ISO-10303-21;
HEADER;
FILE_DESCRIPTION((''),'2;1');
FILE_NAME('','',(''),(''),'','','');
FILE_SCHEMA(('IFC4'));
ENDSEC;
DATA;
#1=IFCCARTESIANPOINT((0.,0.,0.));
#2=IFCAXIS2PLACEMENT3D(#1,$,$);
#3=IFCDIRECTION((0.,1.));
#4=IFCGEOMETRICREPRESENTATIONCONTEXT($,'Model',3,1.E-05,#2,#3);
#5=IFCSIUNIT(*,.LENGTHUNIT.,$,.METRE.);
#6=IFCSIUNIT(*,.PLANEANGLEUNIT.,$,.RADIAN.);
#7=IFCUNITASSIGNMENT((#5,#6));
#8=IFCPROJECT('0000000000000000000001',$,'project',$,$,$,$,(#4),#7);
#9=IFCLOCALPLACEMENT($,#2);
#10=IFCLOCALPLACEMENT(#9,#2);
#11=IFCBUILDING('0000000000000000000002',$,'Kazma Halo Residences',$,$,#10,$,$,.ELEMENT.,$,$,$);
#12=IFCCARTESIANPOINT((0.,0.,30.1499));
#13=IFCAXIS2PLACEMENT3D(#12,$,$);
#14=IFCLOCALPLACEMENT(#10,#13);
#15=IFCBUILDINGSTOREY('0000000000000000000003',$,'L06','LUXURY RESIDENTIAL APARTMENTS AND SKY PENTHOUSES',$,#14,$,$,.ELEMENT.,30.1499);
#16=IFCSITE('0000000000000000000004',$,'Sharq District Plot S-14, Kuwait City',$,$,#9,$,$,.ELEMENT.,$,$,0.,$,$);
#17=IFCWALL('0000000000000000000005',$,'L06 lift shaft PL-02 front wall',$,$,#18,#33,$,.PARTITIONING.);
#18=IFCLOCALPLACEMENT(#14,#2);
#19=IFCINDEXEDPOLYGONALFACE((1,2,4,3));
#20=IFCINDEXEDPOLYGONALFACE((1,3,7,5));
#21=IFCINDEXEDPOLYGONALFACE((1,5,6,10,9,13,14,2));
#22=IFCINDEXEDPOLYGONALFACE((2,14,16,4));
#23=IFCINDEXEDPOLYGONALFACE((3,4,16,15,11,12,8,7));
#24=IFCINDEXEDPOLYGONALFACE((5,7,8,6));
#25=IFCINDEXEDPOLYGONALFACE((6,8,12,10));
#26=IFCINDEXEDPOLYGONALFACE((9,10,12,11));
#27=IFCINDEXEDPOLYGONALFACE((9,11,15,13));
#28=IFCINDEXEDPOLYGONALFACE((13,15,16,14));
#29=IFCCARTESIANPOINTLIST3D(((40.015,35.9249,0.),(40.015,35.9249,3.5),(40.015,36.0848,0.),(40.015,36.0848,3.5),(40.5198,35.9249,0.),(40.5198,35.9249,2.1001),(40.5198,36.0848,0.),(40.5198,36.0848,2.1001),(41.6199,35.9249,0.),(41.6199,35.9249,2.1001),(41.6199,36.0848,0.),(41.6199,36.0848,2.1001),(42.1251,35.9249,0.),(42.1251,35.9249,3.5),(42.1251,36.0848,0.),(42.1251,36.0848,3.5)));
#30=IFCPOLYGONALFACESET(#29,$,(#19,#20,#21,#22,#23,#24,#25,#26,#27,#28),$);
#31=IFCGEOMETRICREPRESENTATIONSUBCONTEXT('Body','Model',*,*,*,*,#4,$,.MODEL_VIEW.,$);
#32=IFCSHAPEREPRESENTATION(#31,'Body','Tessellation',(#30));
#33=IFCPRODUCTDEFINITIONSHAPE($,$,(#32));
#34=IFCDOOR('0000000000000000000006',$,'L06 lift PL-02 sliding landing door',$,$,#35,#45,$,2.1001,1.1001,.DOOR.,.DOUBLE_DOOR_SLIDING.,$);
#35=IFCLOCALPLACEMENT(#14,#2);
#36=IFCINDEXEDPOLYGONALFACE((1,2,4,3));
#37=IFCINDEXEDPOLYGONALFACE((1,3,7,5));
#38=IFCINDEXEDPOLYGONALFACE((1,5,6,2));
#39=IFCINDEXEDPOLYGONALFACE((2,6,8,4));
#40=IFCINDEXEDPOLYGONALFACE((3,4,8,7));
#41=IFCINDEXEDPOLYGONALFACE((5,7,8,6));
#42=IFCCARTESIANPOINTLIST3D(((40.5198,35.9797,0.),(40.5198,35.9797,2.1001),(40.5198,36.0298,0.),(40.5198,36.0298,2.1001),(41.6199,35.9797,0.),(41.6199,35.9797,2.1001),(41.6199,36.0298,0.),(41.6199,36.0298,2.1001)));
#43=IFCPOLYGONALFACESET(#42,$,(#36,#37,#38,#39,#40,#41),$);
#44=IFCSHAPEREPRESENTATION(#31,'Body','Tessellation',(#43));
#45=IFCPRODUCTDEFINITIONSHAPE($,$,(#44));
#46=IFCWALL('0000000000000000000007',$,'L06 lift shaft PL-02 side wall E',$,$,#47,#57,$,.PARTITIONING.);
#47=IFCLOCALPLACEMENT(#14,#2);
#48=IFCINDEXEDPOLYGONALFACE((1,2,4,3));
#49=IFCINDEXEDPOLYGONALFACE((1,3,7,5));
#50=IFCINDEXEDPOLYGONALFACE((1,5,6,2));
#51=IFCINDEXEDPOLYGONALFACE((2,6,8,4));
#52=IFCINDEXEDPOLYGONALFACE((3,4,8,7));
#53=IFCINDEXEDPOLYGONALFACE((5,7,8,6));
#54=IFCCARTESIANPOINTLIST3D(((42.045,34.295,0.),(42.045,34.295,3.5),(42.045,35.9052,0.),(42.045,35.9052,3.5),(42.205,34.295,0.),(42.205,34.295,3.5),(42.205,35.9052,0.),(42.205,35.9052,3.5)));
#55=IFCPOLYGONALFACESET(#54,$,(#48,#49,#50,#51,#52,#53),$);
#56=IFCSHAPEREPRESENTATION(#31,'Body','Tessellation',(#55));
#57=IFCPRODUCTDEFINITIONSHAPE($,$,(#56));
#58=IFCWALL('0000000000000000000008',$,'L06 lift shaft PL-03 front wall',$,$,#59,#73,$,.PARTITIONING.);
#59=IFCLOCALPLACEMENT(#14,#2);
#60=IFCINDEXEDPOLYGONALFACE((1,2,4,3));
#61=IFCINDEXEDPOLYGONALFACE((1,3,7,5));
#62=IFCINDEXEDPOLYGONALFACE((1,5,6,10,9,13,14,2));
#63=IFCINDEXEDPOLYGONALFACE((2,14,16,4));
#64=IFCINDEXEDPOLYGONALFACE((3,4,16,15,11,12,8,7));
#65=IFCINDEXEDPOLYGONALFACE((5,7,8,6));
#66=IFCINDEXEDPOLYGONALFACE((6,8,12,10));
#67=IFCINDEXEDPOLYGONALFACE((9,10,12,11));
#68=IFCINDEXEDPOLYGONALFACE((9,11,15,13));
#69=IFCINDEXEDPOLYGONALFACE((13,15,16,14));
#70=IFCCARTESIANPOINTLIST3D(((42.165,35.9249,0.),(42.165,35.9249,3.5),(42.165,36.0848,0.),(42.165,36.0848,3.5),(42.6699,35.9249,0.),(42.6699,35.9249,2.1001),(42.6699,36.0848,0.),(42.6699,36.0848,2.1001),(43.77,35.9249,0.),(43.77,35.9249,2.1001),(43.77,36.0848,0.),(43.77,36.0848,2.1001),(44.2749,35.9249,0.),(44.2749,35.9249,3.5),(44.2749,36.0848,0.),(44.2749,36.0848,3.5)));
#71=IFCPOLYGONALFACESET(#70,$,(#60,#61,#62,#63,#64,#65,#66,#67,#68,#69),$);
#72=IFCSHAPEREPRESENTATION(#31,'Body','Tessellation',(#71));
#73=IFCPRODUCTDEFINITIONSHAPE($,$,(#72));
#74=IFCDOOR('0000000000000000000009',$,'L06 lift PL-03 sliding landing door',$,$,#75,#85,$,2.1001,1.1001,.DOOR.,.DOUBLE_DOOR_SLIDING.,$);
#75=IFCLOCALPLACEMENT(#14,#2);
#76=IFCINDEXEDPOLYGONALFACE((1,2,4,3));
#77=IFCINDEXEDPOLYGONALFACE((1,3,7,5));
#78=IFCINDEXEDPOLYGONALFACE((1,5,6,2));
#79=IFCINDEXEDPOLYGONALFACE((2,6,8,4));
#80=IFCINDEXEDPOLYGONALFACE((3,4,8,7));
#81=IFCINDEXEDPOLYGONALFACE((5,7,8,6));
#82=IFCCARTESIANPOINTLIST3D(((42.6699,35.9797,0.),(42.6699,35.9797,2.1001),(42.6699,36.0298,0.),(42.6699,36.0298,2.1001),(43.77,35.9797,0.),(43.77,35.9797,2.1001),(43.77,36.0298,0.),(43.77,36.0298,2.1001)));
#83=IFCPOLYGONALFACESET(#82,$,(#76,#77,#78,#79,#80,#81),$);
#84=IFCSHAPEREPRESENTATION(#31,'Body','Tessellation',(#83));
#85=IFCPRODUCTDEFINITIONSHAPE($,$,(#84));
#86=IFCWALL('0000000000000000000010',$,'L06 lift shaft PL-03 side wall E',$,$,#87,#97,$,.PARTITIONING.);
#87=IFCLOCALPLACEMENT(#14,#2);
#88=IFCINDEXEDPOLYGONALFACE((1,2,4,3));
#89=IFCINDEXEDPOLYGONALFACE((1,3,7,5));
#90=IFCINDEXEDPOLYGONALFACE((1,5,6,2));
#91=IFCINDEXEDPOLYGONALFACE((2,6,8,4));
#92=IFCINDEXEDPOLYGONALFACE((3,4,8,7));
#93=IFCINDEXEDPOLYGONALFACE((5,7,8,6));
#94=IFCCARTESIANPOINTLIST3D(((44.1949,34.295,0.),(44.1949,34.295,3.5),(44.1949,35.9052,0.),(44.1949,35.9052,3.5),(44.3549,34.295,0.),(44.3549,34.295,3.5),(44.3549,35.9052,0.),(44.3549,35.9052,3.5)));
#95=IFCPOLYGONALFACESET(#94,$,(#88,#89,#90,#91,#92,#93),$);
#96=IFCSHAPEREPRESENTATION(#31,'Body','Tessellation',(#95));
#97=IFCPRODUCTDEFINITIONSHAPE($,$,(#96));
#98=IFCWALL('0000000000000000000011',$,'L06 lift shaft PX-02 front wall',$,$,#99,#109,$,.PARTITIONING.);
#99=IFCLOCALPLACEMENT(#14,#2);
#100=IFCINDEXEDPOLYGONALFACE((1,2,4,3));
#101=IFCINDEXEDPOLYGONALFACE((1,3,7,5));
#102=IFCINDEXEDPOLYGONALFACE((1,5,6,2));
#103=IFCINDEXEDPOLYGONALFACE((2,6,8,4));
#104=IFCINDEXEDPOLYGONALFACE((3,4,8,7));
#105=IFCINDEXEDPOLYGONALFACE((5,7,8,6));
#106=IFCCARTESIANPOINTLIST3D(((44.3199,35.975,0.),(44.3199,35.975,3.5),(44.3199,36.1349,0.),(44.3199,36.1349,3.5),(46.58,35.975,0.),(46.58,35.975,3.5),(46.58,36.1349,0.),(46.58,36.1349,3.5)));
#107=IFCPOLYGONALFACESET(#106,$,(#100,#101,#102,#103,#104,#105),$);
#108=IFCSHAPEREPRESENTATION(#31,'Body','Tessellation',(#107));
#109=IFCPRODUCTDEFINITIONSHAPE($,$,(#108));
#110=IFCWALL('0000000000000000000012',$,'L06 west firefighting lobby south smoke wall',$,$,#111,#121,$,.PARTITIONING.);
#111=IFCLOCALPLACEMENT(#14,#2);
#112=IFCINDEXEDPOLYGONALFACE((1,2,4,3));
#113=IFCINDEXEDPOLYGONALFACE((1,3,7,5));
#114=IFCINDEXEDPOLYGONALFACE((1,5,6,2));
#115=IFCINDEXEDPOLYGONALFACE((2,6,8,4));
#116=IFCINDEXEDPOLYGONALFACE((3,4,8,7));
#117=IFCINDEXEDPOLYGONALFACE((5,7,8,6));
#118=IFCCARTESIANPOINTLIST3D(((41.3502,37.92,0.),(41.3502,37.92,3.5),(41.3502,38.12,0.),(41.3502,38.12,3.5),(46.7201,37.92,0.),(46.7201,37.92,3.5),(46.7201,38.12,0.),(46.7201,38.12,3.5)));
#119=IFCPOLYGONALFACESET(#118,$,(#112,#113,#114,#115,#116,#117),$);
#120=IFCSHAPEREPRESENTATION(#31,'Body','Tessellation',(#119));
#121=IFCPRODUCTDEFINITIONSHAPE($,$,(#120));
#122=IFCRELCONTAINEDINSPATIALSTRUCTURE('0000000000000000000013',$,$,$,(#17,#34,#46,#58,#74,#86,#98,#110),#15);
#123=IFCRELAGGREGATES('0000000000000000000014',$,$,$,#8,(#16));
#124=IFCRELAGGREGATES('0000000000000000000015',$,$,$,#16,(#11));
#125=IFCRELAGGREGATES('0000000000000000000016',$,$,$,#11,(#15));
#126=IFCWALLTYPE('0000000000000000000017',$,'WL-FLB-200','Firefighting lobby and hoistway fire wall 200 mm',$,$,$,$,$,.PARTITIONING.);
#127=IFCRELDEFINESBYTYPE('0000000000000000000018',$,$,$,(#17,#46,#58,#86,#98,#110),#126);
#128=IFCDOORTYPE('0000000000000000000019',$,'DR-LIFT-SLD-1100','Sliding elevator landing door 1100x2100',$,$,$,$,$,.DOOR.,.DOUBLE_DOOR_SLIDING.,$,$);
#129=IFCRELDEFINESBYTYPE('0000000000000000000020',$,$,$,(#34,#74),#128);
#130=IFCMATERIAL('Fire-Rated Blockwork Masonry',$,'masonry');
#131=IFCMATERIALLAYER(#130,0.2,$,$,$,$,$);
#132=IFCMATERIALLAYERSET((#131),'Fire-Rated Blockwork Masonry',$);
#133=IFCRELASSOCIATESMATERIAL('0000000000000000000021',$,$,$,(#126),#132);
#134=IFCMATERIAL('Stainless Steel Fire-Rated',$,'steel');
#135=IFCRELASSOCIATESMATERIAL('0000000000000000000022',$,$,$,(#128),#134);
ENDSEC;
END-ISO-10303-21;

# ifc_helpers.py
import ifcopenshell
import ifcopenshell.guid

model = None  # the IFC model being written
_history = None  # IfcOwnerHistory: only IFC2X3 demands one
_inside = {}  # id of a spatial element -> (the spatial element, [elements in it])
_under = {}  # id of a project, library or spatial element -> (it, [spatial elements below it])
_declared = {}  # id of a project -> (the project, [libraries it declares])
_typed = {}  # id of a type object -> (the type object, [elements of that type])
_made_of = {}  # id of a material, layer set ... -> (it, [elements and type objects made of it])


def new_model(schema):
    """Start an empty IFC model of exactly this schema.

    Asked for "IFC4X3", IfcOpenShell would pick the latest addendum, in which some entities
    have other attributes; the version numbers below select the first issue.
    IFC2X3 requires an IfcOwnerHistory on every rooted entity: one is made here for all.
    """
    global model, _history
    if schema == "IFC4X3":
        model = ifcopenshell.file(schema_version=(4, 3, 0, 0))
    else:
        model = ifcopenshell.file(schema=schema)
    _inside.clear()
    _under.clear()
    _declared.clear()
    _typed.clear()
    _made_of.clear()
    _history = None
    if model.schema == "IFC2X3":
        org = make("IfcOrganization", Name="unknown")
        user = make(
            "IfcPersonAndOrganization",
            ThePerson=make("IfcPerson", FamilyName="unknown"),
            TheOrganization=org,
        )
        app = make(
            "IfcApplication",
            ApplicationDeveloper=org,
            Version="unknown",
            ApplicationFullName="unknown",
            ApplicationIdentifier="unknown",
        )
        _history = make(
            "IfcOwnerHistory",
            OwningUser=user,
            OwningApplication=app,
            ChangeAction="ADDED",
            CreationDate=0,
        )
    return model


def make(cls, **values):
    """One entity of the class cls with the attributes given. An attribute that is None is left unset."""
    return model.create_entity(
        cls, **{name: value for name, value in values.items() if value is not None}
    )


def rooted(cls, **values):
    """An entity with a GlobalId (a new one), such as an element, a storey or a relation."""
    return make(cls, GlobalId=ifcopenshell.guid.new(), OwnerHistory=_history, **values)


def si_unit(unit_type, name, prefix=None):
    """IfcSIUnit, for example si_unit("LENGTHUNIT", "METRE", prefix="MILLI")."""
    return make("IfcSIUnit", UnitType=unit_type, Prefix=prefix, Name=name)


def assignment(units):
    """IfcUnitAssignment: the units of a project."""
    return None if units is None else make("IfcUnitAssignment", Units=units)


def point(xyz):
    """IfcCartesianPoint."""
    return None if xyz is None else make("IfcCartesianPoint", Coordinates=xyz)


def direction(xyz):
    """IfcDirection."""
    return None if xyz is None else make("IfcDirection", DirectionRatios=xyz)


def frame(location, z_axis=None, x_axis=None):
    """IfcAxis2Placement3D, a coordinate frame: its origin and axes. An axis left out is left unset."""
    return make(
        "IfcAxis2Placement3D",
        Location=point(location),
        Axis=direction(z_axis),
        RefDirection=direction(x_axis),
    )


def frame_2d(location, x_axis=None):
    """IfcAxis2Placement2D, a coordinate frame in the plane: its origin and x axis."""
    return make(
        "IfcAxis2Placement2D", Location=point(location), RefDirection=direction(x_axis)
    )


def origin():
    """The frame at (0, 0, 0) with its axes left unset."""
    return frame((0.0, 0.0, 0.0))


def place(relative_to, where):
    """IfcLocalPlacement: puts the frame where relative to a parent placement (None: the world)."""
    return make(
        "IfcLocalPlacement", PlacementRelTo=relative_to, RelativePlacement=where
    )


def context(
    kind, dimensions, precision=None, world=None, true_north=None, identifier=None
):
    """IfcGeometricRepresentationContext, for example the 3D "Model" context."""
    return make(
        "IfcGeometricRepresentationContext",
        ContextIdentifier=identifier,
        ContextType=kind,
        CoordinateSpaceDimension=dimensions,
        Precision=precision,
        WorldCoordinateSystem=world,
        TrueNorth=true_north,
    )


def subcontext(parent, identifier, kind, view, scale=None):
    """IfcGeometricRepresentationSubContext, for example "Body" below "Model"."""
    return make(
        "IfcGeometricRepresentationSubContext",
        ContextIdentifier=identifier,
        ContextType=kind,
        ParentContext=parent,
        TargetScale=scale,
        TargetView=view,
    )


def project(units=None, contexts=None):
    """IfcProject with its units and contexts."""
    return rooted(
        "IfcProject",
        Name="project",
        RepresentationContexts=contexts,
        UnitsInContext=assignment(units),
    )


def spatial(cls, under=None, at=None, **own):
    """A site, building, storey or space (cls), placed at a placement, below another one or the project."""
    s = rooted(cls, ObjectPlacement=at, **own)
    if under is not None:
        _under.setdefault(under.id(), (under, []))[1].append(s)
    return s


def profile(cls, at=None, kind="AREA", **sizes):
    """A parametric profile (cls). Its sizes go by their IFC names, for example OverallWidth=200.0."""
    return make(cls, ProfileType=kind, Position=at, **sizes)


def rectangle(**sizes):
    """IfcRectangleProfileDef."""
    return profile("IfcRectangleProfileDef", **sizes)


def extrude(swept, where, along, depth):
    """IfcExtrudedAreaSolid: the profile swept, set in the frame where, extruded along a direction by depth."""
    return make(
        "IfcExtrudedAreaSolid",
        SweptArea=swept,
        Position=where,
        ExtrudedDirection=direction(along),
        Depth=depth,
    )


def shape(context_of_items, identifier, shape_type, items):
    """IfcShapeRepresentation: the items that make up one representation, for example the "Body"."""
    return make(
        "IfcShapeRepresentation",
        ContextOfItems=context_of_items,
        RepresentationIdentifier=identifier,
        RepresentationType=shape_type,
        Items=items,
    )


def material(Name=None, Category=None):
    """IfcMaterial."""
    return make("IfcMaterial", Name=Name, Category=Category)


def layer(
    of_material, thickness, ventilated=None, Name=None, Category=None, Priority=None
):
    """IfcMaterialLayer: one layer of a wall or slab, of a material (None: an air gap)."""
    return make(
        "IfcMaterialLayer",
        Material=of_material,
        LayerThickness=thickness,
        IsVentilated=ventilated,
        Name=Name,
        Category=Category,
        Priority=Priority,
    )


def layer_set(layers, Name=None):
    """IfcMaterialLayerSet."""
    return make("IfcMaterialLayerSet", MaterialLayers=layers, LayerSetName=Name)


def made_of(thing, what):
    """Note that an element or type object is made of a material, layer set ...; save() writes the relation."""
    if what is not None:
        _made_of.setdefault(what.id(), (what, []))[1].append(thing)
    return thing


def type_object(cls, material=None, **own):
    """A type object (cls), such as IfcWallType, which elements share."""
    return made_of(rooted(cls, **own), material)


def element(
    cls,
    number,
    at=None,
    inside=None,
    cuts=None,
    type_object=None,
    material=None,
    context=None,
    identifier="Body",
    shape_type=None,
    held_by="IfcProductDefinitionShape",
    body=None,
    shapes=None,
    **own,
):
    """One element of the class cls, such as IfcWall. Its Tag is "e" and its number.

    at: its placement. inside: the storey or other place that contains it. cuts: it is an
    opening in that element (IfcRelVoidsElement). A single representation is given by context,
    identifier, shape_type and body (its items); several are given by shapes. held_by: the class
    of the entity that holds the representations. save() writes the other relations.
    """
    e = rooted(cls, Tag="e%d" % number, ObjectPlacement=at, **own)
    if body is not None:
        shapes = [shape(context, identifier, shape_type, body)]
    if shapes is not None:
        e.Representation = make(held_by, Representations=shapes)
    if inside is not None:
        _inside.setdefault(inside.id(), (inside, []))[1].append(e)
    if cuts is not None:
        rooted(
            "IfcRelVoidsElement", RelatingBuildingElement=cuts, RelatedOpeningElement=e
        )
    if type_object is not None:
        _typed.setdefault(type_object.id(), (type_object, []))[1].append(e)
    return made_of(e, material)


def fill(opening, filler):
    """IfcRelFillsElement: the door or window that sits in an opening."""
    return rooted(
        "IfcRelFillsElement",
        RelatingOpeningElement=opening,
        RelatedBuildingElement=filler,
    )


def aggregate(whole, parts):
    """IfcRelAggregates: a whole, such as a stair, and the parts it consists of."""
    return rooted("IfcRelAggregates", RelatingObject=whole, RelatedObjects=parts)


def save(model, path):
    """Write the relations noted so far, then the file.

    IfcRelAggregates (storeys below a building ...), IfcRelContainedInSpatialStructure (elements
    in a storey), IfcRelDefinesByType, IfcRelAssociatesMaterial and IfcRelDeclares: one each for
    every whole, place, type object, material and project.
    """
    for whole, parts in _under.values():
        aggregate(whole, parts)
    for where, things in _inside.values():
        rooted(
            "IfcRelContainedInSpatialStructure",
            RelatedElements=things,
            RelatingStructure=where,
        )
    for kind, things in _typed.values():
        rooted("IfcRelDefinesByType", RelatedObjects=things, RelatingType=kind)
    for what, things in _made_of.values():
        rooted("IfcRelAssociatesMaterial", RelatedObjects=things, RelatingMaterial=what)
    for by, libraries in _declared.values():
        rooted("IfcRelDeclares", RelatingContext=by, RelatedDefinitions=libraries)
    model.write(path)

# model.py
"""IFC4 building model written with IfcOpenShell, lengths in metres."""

from ifc_helpers import new_model, si_unit, direction, frame, frame_2d, origin, place, context, subcontext, project, spatial, rectangle, extrude, material, layer, layer_set, type_object, element, fill, save


model = new_model("IFC4")

# Units and contexts
model_context = context("Model", 3, precision=1e-05, world=origin(), true_north=direction((0.0, 1.0)))
body_context = subcontext(model_context, "Body", "Model", "MODEL_VIEW")
ifc_project = project(units=[si_unit("LENGTHUNIT", "METRE"), si_unit("PLANEANGLEUNIT", "RADIAN")], contexts=[model_context])

# Site, building, storey
site_placement = place(None, origin())
site = spatial("IfcSite", under=ifc_project, at=site_placement, Name="Sharq District Plot S-14, Kuwait City", CompositionType="ELEMENT", RefElevation=0.0)
building_placement = place(site_placement, origin())
building = spatial("IfcBuilding", under=site, at=building_placement, Name="Kazma Halo Residences", CompositionType="ELEMENT")
storey_placement = place(building_placement, frame((0.0, 0.0, 30.1499)))
storey = spatial("IfcBuildingStorey", under=building, at=storey_placement, Name="L06", Description="LUXURY RESIDENTIAL APARTMENTS AND SKY PENTHOUSES", CompositionType="ELEMENT", Elevation=30.1499)

# Shared definitions
ifc_material_1 = material(Name="Fire-Rated Blockwork Masonry", Category="masonry")
ifc_layer_1 = layer(ifc_material_1, 0.2)
ifc_layer_set_1 = layer_set([ifc_layer_1], Name="Fire-Rated Blockwork Masonry")
wall_type_1 = type_object("IfcWallType", Name="WL-FLB-200", Description="Firefighting lobby and hoistway fire wall 200 mm", PredefinedType="PARTITIONING", material=ifc_layer_set_1)
ifc_material_2 = material(Name="Stainless Steel Fire-Rated", Category="steel")
door_type_1 = type_object("IfcDoorType", Name="DR-LIFT-SLD-1100", Description="Sliding elevator landing door 1100x2100", OperationType="DOUBLE_DOOR_SLIDING", PredefinedType="DOOR", material=ifc_material_2)

# Wall, opening, door
wall_1_placement = place(storey_placement, frame((40.0149, 36.0049, 0.0), z_axis=(0.0, 0.0, 1.0), x_axis=(1.0, 0.0, 0.0)))
wall_1 = element("IfcWall", 1, at=wall_1_placement, inside=storey, type_object=wall_type_1, Name="L06 lift shaft PL-02 front wall", PredefinedType="PARTITIONING", context=body_context, shape_type="SweptSolid", body=[
    extrude(rectangle(XDim=2.1101, YDim=0.1599, at=frame_2d((1.0552, 0.0))), origin(), (0.0, 0.0, 1.0), 3.5),
])
opening_1_placement = place(wall_1_placement, frame((0.5049, 0.0, 0.0)))
opening_1 = element("IfcOpeningElement", 2, at=opening_1_placement, cuts=wall_1, PredefinedType="OPENING", context=body_context, shape_type="SweptSolid", body=[
    extrude(rectangle(XDim=1.1001, YDim=2.1001, at=frame_2d((0.55, 1.05))), frame((0.0, 0.0898, 0.0), z_axis=(0.0, -1.0, 0.0), x_axis=(1.0, 0.0, 0.0)), (0.0, 0.0, 1.0), 0.1799),
])
door_1_placement = place(opening_1_placement, origin())
door_1 = element("IfcDoor", 3, at=door_1_placement, inside=storey, type_object=door_type_1, Name="L06 lift PL-02 sliding landing door", OperationType="DOUBLE_DOOR_SLIDING", OverallHeight=2.1001, OverallWidth=1.1001, PredefinedType="DOOR", context=body_context, shape_type="SweptSolid", body=[
    extrude(rectangle(XDim=1.1001, YDim=2.1001, at=frame_2d((0.55, 1.05))), frame((0.0, 0.0249, 0.0), z_axis=(0.0, -1.0, 0.0), x_axis=(1.0, 0.0, 0.0)), (0.0, 0.0, 1.0), 0.05),
])
fill(opening_1, door_1)

# Wall
wall_2_placement = place(storey_placement, frame((42.125, 34.2949, 0.0), z_axis=(0.0, 0.0, 1.0), x_axis=(0.0, 1.0, 0.0)))
element("IfcWall", 4, at=wall_2_placement, inside=storey, type_object=wall_type_1, Name="L06 lift shaft PL-02 side wall E", PredefinedType="PARTITIONING", context=body_context, shape_type="SweptSolid", body=[
    extrude(rectangle(XDim=1.6101, YDim=0.1599, at=frame_2d((0.8052, 0.0))), origin(), (0.0, 0.0, 1.0), 3.5),
])

# Wall, opening, door
wall_3_placement = place(storey_placement, frame((42.165, 36.0049, 0.0), z_axis=(0.0, 0.0, 1.0), x_axis=(1.0, 0.0, 0.0)))
wall_3 = element("IfcWall", 5, at=wall_3_placement, inside=storey, type_object=wall_type_1, Name="L06 lift shaft PL-03 front wall", PredefinedType="PARTITIONING", context=body_context, shape_type="SweptSolid", body=[
    extrude(rectangle(XDim=2.1099, YDim=0.1599, at=frame_2d((1.0549, 0.0))), origin(), (0.0, 0.0, 1.0), 3.5),
])
opening_2_placement = place(wall_3_placement, frame((0.5049, 0.0, 0.0)))
opening_2 = element("IfcOpeningElement", 6, at=opening_2_placement, cuts=wall_3, PredefinedType="OPENING", context=body_context, shape_type="SweptSolid", body=[
    extrude(rectangle(XDim=1.1001, YDim=2.1001, at=frame_2d((0.55, 1.05))), frame((0.0, 0.0898, 0.0), z_axis=(0.0, -1.0, 0.0), x_axis=(1.0, 0.0, 0.0)), (0.0, 0.0, 1.0), 0.1799),
])
door_2_placement = place(opening_2_placement, origin())
door_2 = element("IfcDoor", 7, at=door_2_placement, inside=storey, type_object=door_type_1, Name="L06 lift PL-03 sliding landing door", OperationType="DOUBLE_DOOR_SLIDING", OverallHeight=2.1001, OverallWidth=1.1001, PredefinedType="DOOR", context=body_context, shape_type="SweptSolid", body=[
    extrude(rectangle(XDim=1.1001, YDim=2.1001, at=frame_2d((0.55, 1.05))), frame((0.0, 0.0249, 0.0), z_axis=(0.0, -1.0, 0.0), x_axis=(1.0, 0.0, 0.0)), (0.0, 0.0, 1.0), 0.05),
])
fill(opening_2, door_2)

# Walls
wall_4_placement = place(storey_placement, frame((44.2749, 34.2949, 0.0), z_axis=(0.0, 0.0, 1.0), x_axis=(0.0, 1.0, 0.0)))
element("IfcWall", 8, at=wall_4_placement, inside=storey, type_object=wall_type_1, Name="L06 lift shaft PL-03 side wall E", PredefinedType="PARTITIONING", context=body_context, shape_type="SweptSolid", body=[
    extrude(rectangle(XDim=1.6101, YDim=0.1599, at=frame_2d((0.8052, 0.0))), origin(), (0.0, 0.0, 1.0), 3.5),
])
wall_5_placement = place(storey_placement, frame((44.3201, 36.0549, 0.0), z_axis=(0.0, 0.0, 1.0), x_axis=(1.0, 0.0, 0.0)))
element("IfcWall", 9, at=wall_5_placement, inside=storey, type_object=wall_type_1, Name="L06 lift shaft PX-02 front wall", PredefinedType="PARTITIONING", context=body_context, shape_type="SweptSolid", body=[
    extrude(rectangle(XDim=2.26, YDim=0.1599, at=frame_2d((1.1299, 0.0))), origin(), (0.0, 0.0, 1.0), 3.5),
])
wall_6_placement = place(storey_placement, frame((41.3501, 38.02, 0.0), z_axis=(0.0, 0.0, 1.0), x_axis=(1.0, 0.0, 0.0)))
element("IfcWall", 10, at=wall_6_placement, inside=storey, type_object=wall_type_1, Name="L06 west firefighting lobby south smoke wall", PredefinedType="PARTITIONING", context=body_context, shape_type="SweptSolid", body=[
    extrude(rectangle(XDim=5.3699, YDim=0.2, at=frame_2d((2.6851, 0.0))), origin(), (0.0, 0.0, 1.0), 3.5),
])

save(model, "model.ifc")
